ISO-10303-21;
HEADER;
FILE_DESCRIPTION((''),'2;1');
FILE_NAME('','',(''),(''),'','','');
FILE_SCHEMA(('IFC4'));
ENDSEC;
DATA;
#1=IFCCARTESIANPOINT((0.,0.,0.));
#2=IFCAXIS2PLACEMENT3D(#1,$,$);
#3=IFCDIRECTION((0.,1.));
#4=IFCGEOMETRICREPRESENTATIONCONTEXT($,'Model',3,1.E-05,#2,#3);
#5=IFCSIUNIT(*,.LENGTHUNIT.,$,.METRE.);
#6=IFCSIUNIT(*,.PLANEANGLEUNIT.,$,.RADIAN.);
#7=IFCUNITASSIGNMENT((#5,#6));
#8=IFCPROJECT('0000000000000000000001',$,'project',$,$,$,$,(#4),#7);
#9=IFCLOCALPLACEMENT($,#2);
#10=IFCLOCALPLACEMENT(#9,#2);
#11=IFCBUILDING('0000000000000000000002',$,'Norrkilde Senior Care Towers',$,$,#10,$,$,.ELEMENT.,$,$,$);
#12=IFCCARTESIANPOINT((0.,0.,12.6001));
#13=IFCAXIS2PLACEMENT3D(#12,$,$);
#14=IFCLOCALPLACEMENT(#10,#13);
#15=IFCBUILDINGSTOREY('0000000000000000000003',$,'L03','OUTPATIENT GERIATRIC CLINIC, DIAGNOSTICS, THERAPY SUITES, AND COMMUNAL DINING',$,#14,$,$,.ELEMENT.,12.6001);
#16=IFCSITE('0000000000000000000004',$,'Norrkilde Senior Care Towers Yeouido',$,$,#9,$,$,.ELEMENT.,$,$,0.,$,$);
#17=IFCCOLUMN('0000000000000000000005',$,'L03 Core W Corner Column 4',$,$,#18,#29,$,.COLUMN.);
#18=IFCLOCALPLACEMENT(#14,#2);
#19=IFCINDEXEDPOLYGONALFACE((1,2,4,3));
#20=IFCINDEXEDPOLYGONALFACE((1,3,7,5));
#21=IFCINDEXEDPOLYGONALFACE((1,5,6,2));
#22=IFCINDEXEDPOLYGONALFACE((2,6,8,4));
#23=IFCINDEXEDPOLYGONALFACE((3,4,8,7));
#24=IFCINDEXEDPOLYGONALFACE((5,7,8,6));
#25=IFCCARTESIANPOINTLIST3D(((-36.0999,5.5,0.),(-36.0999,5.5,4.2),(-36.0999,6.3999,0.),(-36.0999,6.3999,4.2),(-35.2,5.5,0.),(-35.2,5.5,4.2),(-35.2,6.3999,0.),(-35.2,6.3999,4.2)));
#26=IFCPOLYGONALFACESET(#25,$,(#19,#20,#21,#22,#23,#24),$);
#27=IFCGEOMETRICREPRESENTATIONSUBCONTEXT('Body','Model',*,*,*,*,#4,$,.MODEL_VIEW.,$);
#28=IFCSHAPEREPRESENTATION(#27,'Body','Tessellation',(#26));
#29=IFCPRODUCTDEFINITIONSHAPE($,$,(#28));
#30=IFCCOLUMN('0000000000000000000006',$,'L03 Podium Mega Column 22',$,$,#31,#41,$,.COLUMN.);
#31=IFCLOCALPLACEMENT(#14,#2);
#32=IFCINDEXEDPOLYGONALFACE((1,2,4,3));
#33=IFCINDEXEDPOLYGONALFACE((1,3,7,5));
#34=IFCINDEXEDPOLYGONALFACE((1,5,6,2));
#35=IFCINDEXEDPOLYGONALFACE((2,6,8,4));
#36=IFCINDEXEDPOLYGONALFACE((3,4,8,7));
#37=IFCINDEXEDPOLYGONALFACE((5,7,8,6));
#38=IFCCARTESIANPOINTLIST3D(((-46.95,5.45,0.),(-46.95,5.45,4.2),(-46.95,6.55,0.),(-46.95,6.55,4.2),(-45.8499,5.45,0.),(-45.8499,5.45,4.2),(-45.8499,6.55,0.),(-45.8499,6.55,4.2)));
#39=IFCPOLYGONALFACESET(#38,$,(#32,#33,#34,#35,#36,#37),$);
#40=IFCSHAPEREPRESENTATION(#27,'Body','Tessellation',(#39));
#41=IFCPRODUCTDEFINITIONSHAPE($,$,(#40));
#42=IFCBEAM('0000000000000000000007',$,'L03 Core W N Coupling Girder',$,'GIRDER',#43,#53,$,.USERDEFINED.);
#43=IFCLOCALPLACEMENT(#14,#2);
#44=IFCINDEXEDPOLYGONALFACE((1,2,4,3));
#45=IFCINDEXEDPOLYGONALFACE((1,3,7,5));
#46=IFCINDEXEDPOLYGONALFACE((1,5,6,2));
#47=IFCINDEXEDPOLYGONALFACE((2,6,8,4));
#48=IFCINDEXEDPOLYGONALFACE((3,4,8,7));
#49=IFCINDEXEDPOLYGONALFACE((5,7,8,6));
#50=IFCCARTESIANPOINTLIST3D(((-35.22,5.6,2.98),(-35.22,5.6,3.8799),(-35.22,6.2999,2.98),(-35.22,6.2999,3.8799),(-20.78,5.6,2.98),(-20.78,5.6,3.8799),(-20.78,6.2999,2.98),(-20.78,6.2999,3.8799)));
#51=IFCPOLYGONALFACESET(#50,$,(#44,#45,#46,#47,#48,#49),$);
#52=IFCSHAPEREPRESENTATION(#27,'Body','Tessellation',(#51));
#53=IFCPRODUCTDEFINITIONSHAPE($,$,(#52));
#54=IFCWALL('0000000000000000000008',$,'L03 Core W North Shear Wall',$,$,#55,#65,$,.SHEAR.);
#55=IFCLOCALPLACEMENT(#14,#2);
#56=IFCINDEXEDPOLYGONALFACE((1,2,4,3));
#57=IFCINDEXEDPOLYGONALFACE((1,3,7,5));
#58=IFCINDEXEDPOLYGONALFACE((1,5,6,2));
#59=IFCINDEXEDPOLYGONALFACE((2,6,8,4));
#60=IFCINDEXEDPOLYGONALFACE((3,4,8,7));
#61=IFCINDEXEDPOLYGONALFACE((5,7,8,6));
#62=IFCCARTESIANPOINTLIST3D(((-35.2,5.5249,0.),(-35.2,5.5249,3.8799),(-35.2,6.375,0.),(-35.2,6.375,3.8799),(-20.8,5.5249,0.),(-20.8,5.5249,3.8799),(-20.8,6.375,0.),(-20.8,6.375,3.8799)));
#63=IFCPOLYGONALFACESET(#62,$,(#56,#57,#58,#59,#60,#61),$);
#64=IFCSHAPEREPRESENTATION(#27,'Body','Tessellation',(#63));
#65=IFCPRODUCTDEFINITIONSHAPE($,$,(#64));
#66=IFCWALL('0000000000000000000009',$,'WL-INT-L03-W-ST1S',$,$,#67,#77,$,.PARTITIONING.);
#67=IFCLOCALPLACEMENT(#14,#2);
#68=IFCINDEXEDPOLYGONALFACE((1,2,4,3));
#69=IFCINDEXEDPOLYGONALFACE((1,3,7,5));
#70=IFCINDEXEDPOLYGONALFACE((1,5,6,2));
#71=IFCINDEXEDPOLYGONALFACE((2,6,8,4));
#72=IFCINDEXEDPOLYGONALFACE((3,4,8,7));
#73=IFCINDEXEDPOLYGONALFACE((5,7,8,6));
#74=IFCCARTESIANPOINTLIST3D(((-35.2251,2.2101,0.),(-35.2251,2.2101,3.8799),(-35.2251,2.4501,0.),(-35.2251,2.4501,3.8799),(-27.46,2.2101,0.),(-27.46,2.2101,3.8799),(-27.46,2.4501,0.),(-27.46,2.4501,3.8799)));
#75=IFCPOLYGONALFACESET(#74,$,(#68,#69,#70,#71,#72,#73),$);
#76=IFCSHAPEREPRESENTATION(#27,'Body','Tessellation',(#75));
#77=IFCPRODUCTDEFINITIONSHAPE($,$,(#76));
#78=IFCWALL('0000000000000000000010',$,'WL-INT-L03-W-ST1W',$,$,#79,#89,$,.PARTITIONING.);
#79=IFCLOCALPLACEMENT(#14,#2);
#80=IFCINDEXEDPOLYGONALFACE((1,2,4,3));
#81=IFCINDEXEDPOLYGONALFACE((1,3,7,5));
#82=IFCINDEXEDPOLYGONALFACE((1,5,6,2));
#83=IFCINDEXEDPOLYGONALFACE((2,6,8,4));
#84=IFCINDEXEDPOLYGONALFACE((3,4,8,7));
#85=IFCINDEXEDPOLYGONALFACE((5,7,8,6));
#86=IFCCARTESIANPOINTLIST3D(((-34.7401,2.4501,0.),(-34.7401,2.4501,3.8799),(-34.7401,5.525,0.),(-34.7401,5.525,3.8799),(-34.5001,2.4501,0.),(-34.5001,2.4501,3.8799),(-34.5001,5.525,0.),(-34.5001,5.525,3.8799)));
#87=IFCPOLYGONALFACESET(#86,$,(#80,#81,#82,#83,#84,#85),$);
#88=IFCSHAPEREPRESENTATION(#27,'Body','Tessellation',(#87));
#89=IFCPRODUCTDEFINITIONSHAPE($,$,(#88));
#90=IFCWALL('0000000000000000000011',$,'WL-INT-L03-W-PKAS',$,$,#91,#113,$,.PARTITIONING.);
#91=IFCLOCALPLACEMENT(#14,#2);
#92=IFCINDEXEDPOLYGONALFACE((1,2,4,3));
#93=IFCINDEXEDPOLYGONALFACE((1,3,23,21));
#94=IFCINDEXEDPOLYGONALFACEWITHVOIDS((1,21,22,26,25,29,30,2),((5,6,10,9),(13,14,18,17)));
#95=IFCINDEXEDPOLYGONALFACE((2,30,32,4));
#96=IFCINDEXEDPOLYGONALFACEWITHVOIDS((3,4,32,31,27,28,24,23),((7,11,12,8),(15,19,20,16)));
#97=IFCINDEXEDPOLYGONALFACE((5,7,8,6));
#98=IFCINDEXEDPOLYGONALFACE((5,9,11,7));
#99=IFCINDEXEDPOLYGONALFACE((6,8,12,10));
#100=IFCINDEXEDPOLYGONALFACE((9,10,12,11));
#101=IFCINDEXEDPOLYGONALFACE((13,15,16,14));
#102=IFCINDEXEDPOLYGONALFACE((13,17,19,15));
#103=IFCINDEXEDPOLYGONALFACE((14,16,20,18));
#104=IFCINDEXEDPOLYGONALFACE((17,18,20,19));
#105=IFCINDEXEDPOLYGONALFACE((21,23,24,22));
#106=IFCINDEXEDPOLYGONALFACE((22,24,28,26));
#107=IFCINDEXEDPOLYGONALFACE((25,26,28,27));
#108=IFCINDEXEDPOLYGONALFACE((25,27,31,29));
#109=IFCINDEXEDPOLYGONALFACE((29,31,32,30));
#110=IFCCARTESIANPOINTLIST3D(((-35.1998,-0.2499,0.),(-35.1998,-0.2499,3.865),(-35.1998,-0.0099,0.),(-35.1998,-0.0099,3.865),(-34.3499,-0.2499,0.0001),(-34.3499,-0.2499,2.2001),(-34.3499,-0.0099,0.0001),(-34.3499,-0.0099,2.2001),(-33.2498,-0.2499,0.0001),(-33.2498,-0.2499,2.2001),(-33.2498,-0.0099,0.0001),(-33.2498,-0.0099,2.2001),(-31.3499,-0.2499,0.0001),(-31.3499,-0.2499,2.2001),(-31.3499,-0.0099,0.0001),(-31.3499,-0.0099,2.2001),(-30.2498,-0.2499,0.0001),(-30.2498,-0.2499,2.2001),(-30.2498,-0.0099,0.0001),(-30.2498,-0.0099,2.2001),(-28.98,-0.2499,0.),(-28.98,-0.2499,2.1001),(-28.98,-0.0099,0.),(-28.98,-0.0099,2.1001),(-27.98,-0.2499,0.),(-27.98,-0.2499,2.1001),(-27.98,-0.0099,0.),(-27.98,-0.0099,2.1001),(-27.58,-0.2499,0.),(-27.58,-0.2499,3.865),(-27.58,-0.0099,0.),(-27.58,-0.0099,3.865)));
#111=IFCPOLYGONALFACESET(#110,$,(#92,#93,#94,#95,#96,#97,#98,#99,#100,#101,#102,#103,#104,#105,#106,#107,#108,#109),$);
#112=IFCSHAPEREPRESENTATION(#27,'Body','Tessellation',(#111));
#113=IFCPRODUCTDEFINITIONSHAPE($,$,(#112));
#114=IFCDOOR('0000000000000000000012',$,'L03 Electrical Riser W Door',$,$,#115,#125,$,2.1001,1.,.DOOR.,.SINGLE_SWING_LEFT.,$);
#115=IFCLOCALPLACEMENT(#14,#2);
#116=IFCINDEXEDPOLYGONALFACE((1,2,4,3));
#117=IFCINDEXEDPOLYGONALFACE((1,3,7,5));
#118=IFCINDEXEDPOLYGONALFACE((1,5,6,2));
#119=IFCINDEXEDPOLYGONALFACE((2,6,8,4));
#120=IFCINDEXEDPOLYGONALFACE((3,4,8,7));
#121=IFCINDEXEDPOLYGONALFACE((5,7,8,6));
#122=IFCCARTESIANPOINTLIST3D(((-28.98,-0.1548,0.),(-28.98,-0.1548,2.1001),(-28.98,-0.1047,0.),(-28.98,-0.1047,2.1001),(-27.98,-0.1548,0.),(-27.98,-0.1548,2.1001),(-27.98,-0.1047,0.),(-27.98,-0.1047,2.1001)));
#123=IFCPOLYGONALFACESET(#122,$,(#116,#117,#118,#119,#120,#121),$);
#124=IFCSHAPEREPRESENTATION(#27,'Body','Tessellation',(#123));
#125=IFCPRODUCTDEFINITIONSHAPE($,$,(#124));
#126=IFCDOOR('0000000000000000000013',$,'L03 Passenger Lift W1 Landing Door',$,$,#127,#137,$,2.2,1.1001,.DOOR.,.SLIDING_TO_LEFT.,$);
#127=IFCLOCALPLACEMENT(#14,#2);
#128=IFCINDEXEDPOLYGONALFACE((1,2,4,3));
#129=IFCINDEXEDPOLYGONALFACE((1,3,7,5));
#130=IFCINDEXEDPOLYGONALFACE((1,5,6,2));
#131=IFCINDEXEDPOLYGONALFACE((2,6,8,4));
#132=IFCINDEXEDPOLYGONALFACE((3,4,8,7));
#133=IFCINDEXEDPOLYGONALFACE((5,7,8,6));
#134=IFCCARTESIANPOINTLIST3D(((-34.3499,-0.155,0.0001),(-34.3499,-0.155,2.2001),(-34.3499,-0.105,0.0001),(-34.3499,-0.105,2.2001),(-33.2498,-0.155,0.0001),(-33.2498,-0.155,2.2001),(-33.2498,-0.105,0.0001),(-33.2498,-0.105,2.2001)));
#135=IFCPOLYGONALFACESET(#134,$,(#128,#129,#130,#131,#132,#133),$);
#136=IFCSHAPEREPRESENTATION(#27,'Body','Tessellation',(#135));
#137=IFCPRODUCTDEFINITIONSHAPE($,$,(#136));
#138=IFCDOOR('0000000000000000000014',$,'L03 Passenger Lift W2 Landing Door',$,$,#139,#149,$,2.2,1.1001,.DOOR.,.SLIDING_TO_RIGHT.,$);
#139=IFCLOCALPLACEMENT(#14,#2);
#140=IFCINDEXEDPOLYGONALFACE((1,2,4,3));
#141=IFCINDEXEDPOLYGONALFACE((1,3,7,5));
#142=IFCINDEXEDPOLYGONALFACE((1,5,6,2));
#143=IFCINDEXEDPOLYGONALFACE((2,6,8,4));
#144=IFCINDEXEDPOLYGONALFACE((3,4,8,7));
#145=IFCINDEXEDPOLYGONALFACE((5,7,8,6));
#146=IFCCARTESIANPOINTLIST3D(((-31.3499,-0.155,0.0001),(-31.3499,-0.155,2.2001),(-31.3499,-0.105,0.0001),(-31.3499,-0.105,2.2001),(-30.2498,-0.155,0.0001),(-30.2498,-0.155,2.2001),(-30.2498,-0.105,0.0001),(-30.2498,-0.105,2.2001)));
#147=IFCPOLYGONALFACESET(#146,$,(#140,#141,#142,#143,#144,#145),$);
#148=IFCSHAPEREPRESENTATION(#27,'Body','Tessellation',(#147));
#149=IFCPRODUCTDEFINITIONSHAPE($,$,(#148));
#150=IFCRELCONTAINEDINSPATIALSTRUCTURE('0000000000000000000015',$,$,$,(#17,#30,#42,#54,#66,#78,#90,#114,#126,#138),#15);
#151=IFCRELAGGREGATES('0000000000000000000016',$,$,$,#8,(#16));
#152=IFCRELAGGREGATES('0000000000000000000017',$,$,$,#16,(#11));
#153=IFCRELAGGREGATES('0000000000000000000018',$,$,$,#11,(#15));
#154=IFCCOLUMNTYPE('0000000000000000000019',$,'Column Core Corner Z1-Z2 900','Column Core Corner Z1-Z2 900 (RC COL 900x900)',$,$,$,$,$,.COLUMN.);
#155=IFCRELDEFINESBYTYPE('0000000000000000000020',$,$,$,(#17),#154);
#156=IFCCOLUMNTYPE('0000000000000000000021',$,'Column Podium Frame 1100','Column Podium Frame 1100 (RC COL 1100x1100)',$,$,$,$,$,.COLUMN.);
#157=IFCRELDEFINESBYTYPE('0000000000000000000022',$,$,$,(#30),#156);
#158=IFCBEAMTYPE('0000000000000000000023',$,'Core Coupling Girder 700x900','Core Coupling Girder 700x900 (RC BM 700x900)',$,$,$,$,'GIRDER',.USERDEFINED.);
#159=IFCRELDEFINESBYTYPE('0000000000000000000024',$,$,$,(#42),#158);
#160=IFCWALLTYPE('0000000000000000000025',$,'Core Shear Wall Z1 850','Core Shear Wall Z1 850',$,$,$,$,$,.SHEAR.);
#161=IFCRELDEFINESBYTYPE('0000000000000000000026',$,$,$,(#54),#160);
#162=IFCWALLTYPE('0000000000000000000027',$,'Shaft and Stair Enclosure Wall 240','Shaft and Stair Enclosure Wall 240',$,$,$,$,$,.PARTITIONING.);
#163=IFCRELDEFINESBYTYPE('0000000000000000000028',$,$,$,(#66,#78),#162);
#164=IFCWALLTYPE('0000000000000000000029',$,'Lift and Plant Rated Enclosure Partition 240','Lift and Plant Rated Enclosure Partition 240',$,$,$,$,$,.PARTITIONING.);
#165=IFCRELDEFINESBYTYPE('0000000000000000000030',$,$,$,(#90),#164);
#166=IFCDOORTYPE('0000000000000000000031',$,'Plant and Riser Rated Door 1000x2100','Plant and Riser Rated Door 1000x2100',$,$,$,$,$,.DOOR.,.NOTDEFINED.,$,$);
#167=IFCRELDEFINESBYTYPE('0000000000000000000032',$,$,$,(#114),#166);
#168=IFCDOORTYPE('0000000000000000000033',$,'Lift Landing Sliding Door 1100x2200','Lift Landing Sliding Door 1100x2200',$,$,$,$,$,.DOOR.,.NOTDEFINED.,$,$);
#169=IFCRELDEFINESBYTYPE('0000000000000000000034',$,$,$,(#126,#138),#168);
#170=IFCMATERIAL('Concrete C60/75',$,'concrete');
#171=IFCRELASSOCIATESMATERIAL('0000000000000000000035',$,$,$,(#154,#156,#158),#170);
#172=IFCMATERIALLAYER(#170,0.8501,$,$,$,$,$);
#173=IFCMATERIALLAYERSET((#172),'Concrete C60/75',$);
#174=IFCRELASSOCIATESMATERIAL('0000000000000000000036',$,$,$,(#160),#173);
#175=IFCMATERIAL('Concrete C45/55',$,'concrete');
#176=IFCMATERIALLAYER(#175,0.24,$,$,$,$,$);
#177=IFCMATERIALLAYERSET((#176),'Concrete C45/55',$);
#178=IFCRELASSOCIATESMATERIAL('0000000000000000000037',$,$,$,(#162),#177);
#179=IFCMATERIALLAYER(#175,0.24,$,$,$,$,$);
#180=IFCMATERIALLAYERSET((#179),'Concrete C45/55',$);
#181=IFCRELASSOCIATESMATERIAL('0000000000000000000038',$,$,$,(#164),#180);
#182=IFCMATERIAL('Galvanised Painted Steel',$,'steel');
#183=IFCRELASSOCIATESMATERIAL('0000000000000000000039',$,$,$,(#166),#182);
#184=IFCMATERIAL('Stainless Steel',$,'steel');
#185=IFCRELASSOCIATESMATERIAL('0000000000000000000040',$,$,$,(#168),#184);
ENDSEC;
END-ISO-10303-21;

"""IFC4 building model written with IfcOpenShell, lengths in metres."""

from ifc_helpers import new_model, si_unit, direction, frame, frame_2d, origin, origin_2d, place, context, subcontext, project, spatial, rectangle, extrude, source, transform, mapped, material, layer, layer_set, material_profile, profile_set, type_object, type_shapes, element, fill, save


model = new_model("IFC4")

# Units and contexts
model_context = context("Model", 3, precision=1e-05, world=origin(), true_north=direction((0.0, 1.0)))
body_context = subcontext(model_context, "Body", "Model", "MODEL_VIEW")
ifc_project = project(units=[si_unit("LENGTHUNIT", "METRE"), si_unit("PLANEANGLEUNIT", "RADIAN")], contexts=[model_context])

# Site, building, storey
site_placement = place(None, origin())
site = spatial("IfcSite", under=ifc_project, at=site_placement, Name="Norrkilde Senior Care Towers Yeouido", CompositionType="ELEMENT", RefElevation=0.0)
building_placement = place(site_placement, origin())
building = spatial("IfcBuilding", under=site, at=building_placement, Name="Norrkilde Senior Care Towers", CompositionType="ELEMENT")
storey_placement = place(building_placement, frame((0.0, 0.0, 12.6001)))
storey = spatial("IfcBuildingStorey", under=building, at=storey_placement, Name="L03", Description="OUTPATIENT GERIATRIC CLINIC, DIAGNOSTICS, THERAPY SUITES, AND COMMUNAL DINING", CompositionType="ELEMENT", Elevation=12.6001)

# Columns
ifc_material_1 = material(Name="Concrete C60/75", Category="concrete")
ifc_material_profile_1 = material_profile(ifc_material_1, rectangle(XDim=0.8999, YDim=0.8999, at=origin_2d()), Name="RC COL 900x900")
ifc_profile_set_1 = profile_set([ifc_material_profile_1], Name="Concrete C60/75")
column_type_1 = type_object("IfcColumnType", Name="Column Core Corner Z1-Z2 900", Description="Column Core Corner Z1-Z2 900 (RC COL 900x900)", PredefinedType="COLUMN", material=ifc_profile_set_1)
shared_shape_1 = source(origin(), body_context, "Body", "SweptSolid", [
    extrude(rectangle(XDim=0.8999, YDim=0.8999, at=origin_2d()), origin(), (0.0, 0.0, 1.0), 4.2),
])
type_shapes(column_type_1, [shared_shape_1])
column_1_placement = place(storey_placement, frame((-35.6499, 5.95, 0.0), z_axis=(0.0, 0.0, 1.0), x_axis=(1.0, 0.0, 0.0)))
element("IfcColumn", 1, at=column_1_placement, inside=storey, type_object=column_type_1, Name="L03 Core W Corner Column 4", PredefinedType="COLUMN", context=body_context, shape_type="MappedRepresentation", body=[
    mapped(shared_shape_1, transform((0.0, 0.0, 0.0), x_axis=(1.0, 0.0, 0.0), y_axis=(0.0, 1.0, 0.0), z_axis=(0.0, 0.0, 1.0), scale=1.0)),
])
ifc_material_profile_2 = material_profile(ifc_material_1, rectangle(XDim=1.1001, YDim=1.1001, at=origin_2d()), Name="RC COL 1100x1100")
ifc_profile_set_2 = profile_set([ifc_material_profile_2], Name="Concrete C60/75")
column_type_2 = type_object("IfcColumnType", Name="Column Podium Frame 1100", Description="Column Podium Frame 1100 (RC COL 1100x1100)", PredefinedType="COLUMN", material=ifc_profile_set_2)
shared_shape_2 = source(origin(), body_context, "Body", "SweptSolid", [
    extrude(rectangle(XDim=1.1001, YDim=1.1001, at=origin_2d()), origin(), (0.0, 0.0, 1.0), 4.2),
])
type_shapes(column_type_2, [shared_shape_2])
column_2_placement = place(storey_placement, frame((-46.3999, 6.0, 0.0), z_axis=(0.0, 0.0, 1.0), x_axis=(1.0, 0.0, 0.0)))
element("IfcColumn", 2, at=column_2_placement, inside=storey, type_object=column_type_2, Name="L03 Podium Mega Column 22", PredefinedType="COLUMN", context=body_context, shape_type="MappedRepresentation", body=[
    mapped(shared_shape_2, transform((0.0, 0.0, 0.0), x_axis=(1.0, 0.0, 0.0), y_axis=(0.0, 1.0, 0.0), z_axis=(0.0, 0.0, 1.0), scale=1.0)),
])

# Beam
ifc_material_profile_3 = material_profile(ifc_material_1, rectangle(XDim=0.7, YDim=0.8999, at=origin_2d()), Name="RC BM 700x900")
ifc_profile_set_3 = profile_set([ifc_material_profile_3], Name="Concrete C60/75")
beam_type = type_object("IfcBeamType", Name="Core Coupling Girder 700x900", Description="Core Coupling Girder 700x900 (RC BM 700x900)", ElementType="GIRDER", PredefinedType="USERDEFINED", material=ifc_profile_set_3)
shared_shape_3 = source(origin(), body_context, "Body", "SweptSolid", [
    extrude(rectangle(XDim=0.7, YDim=0.8999, at=origin_2d()), origin(), (0.0, 0.0, 1.0), 14.4399),
])
type_shapes(beam_type, [shared_shape_3])
beam_placement = place(storey_placement, frame((-35.22, 5.95, 3.4299), z_axis=(1.0, 0.0, 0.0), x_axis=(0.0, 1.0, 0.0)))
element("IfcBeam", 3, at=beam_placement, inside=storey, type_object=beam_type, Name="L03 Core W N Coupling Girder", ObjectType="GIRDER", PredefinedType="USERDEFINED", context=body_context, shape_type="MappedRepresentation", body=[
    mapped(shared_shape_3, transform((0.0, 0.0, 0.0), x_axis=(1.0, 0.0, 0.0), y_axis=(0.0, 1.0, 0.0), z_axis=(0.0, 0.0, 1.0), scale=1.0)),
])

# Walls
ifc_layer_1 = layer(ifc_material_1, 0.8501)
ifc_layer_set_1 = layer_set([ifc_layer_1], Name="Concrete C60/75")
wall_type_1 = type_object("IfcWallType", Name="Core Shear Wall Z1 850", Description="Core Shear Wall Z1 850", PredefinedType="SHEAR", material=ifc_layer_set_1)
shared_shape_4 = source(origin(), body_context, "Body", "SweptSolid", [
    extrude(rectangle(XDim=14.3999, YDim=0.8501, at=frame_2d((7.2, 0.0))), origin(), (0.0, 0.0, 1.0), 3.8799),
])
type_shapes(wall_type_1, [shared_shape_4])
wall_1_placement = place(storey_placement, frame((-35.2, 5.95, 0.0), z_axis=(0.0, 0.0, 1.0), x_axis=(1.0, 0.0, 0.0)))
element("IfcWall", 4, at=wall_1_placement, inside=storey, type_object=wall_type_1, Name="L03 Core W North Shear Wall", PredefinedType="SHEAR", context=body_context, shape_type="MappedRepresentation", body=[
    mapped(shared_shape_4, transform((0.0, 0.0, 0.0), x_axis=(1.0, 0.0, 0.0), y_axis=(0.0, 1.0, 0.0), z_axis=(0.0, 0.0, 1.0), scale=1.0)),
])
ifc_material_2 = material(Name="Concrete C45/55", Category="concrete")
ifc_layer_2 = layer(ifc_material_2, 0.24)
ifc_layer_set_2 = layer_set([ifc_layer_2], Name="Concrete C45/55")
wall_type_2 = type_object("IfcWallType", Name="Shaft and Stair Enclosure Wall 240", Description="Shaft and Stair Enclosure Wall 240", PredefinedType="PARTITIONING", material=ifc_layer_set_2)
shared_shape_5 = source(origin(), body_context, "Body", "SweptSolid", [
    extrude(rectangle(XDim=7.7651, YDim=0.24, at=frame_2d((3.8826, 0.0))), origin(), (0.0, 0.0, 1.0), 3.8799),
])
wall_2_placement = place(storey_placement, frame((-35.2251, 2.3301, 0.0), z_axis=(0.0, 0.0, 1.0), x_axis=(1.0, 0.0, 0.0)))
element("IfcWall", 5, at=wall_2_placement, inside=storey, type_object=wall_type_2, Name="WL-INT-L03-W-ST1S", PredefinedType="PARTITIONING", context=body_context, shape_type="MappedRepresentation", body=[
    mapped(shared_shape_5, transform((0.0, 0.0, 0.0), x_axis=(1.0, 0.0, 0.0), y_axis=(0.0, 1.0, 0.0), z_axis=(0.0, 0.0, 1.0), scale=1.0)),
])
shared_shape_6 = source(origin(), body_context, "Body", "SweptSolid", [
    extrude(rectangle(XDim=3.075, YDim=0.24, at=frame_2d((1.5376, 0.0))), origin(), (0.0, 0.0, 1.0), 3.8799),
])
type_shapes(wall_type_2, [shared_shape_5, shared_shape_6])
wall_3_placement = place(storey_placement, frame((-34.6201, 2.45, 0.0), z_axis=(0.0, 0.0, 1.0), x_axis=(0.0, 1.0, 0.0)))
element("IfcWall", 6, at=wall_3_placement, inside=storey, type_object=wall_type_2, Name="WL-INT-L03-W-ST1W", PredefinedType="PARTITIONING", context=body_context, shape_type="MappedRepresentation", body=[
    mapped(shared_shape_6, transform((0.0, 0.0, 0.0), x_axis=(1.0, 0.0, 0.0), y_axis=(0.0, 1.0, 0.0), z_axis=(0.0, 0.0, 1.0), scale=1.0)),
])

# Wall, openings, doors
ifc_layer_3 = layer(ifc_material_2, 0.24)
ifc_layer_set_3 = layer_set([ifc_layer_3], Name="Concrete C45/55")
wall_type_3 = type_object("IfcWallType", Name="Lift and Plant Rated Enclosure Partition 240", Description="Lift and Plant Rated Enclosure Partition 240", PredefinedType="PARTITIONING", material=ifc_layer_set_3)
shared_shape_7 = source(origin(), body_context, "Body", "SweptSolid", [
    extrude(rectangle(XDim=7.6199, YDim=0.24, at=frame_2d((3.8101, 0.0))), origin(), (0.0, 0.0, 1.0), 3.865),
])
type_shapes(wall_type_3, [shared_shape_7])
wall_4_placement = place(storey_placement, frame((-35.2, -0.1299, 0.0), z_axis=(0.0, 0.0, 1.0), x_axis=(1.0, 0.0, 0.0)))
wall_4 = element("IfcWall", 7, at=wall_4_placement, inside=storey, type_object=wall_type_3, Name="WL-INT-L03-W-PKAS", PredefinedType="PARTITIONING", context=body_context, shape_type="MappedRepresentation", body=[
    mapped(shared_shape_7, transform((0.0, 0.0, 0.0), x_axis=(1.0, 0.0, 0.0), y_axis=(0.0, 1.0, 0.0), z_axis=(0.0, 0.0, 1.0), scale=1.0)),
])
opening_1_placement = place(wall_4_placement, frame((6.22, 0.0, 0.0)))
opening_1 = element("IfcOpeningElement", 8, at=opening_1_placement, cuts=wall_4, PredefinedType="OPENING", context=body_context, shape_type="SweptSolid", body=[
    extrude(rectangle(XDim=1.0, YDim=2.1001, at=frame_2d((0.5, 1.05))), frame((0.0, 0.1299, 0.0), z_axis=(0.0, -1.0, 0.0), x_axis=(1.0, 0.0, 0.0)), (0.0, 0.0, 1.0), 0.26),
])
opening_2_placement = place(wall_4_placement, frame((0.8501, 0.0, 0.0)))
opening_2 = element("IfcOpeningElement", 9, at=opening_2_placement, cuts=wall_4, PredefinedType="OPENING", context=body_context, shape_type="SweptSolid", body=[
    extrude(rectangle(XDim=1.1001, YDim=2.2, at=frame_2d((0.55, 1.1001))), frame((0.0, 0.1299, 0.0), z_axis=(0.0, -1.0, 0.0), x_axis=(1.0, 0.0, 0.0)), (0.0, 0.0, 1.0), 0.26),
])
opening_3_placement = place(wall_4_placement, frame((3.8501, 0.0, 0.0)))
opening_3 = element("IfcOpeningElement", 10, at=opening_3_placement, cuts=wall_4, PredefinedType="OPENING", context=body_context, shape_type="SweptSolid", body=[
    extrude(rectangle(XDim=1.1001, YDim=2.2, at=frame_2d((0.55, 1.1001))), frame((0.0, 0.1299, 0.0), z_axis=(0.0, -1.0, 0.0), x_axis=(1.0, 0.0, 0.0)), (0.0, 0.0, 1.0), 0.26),
])
ifc_material_3 = material(Name="Galvanised Painted Steel", Category="steel")
door_type_1 = type_object("IfcDoorType", Name="Plant and Riser Rated Door 1000x2100", Description="Plant and Riser Rated Door 1000x2100", OperationType="NOTDEFINED", PredefinedType="DOOR", material=ifc_material_3)
shared_shape_8 = source(origin(), body_context, "Body", "SweptSolid", [
    extrude(rectangle(XDim=1.0, YDim=2.1001, at=frame_2d((0.5, 1.05))), frame((0.0, 0.0249, 0.0), z_axis=(0.0, -1.0, 0.0), x_axis=(1.0, 0.0, 0.0)), (0.0, 0.0, 1.0), 0.05),
])
type_shapes(door_type_1, [shared_shape_8])
door_1_placement = place(opening_1_placement, frame((1.0, 0.0, 0.0), z_axis=(0.0, 0.0, 1.0), x_axis=(-1.0, 0.0, 0.0)))
door_1 = element("IfcDoor", 11, at=door_1_placement, inside=storey, type_object=door_type_1, Name="L03 Electrical Riser W Door", OperationType="SINGLE_SWING_LEFT", OverallHeight=2.1001, OverallWidth=1.0, PredefinedType="DOOR", context=body_context, shape_type="MappedRepresentation", body=[
    mapped(shared_shape_8, transform((0.0, 0.0, 0.0), x_axis=(1.0, 0.0, 0.0), y_axis=(0.0, 1.0, 0.0), z_axis=(0.0, 0.0, 1.0), scale=1.0)),
])
fill(opening_1, door_1)
ifc_material_4 = material(Name="Stainless Steel", Category="steel")
door_type_2 = type_object("IfcDoorType", Name="Lift Landing Sliding Door 1100x2200", Description="Lift Landing Sliding Door 1100x2200", OperationType="NOTDEFINED", PredefinedType="DOOR", material=ifc_material_4)
shared_shape_9 = source(origin(), body_context, "Body", "SweptSolid", [
    extrude(rectangle(XDim=1.1001, YDim=2.2, at=frame_2d((0.55, 1.1001))), frame((0.0, 0.0249, 0.0), z_axis=(0.0, -1.0, 0.0), x_axis=(1.0, 0.0, 0.0)), (0.0, 0.0, 1.0), 0.05),
])
type_shapes(door_type_2, [shared_shape_9])
door_2_placement = place(opening_2_placement, origin())
door_2 = element("IfcDoor", 12, at=door_2_placement, inside=storey, type_object=door_type_2, Name="L03 Passenger Lift W1 Landing Door", OperationType="SLIDING_TO_LEFT", OverallHeight=2.2, OverallWidth=1.1001, PredefinedType="DOOR", context=body_context, shape_type="MappedRepresentation", body=[
    mapped(shared_shape_9, transform((0.0, 0.0, 0.0), x_axis=(1.0, 0.0, 0.0), y_axis=(0.0, 1.0, 0.0), z_axis=(0.0, 0.0, 1.0), scale=1.0)),
])
fill(opening_2, door_2)
door_3_placement = place(opening_3_placement, origin())
door_3 = element("IfcDoor", 13, at=door_3_placement, inside=storey, type_object=door_type_2, Name="L03 Passenger Lift W2 Landing Door", OperationType="SLIDING_TO_RIGHT", OverallHeight=2.2, OverallWidth=1.1001, PredefinedType="DOOR", context=body_context, shape_type="MappedRepresentation", body=[
    mapped(shared_shape_9, transform((0.0, 0.0, 0.0), x_axis=(1.0, 0.0, 0.0), y_axis=(0.0, 1.0, 0.0), z_axis=(0.0, 0.0, 1.0), scale=1.0)),
])
fill(opening_3, door_3)

save(model, "model.ifc")
